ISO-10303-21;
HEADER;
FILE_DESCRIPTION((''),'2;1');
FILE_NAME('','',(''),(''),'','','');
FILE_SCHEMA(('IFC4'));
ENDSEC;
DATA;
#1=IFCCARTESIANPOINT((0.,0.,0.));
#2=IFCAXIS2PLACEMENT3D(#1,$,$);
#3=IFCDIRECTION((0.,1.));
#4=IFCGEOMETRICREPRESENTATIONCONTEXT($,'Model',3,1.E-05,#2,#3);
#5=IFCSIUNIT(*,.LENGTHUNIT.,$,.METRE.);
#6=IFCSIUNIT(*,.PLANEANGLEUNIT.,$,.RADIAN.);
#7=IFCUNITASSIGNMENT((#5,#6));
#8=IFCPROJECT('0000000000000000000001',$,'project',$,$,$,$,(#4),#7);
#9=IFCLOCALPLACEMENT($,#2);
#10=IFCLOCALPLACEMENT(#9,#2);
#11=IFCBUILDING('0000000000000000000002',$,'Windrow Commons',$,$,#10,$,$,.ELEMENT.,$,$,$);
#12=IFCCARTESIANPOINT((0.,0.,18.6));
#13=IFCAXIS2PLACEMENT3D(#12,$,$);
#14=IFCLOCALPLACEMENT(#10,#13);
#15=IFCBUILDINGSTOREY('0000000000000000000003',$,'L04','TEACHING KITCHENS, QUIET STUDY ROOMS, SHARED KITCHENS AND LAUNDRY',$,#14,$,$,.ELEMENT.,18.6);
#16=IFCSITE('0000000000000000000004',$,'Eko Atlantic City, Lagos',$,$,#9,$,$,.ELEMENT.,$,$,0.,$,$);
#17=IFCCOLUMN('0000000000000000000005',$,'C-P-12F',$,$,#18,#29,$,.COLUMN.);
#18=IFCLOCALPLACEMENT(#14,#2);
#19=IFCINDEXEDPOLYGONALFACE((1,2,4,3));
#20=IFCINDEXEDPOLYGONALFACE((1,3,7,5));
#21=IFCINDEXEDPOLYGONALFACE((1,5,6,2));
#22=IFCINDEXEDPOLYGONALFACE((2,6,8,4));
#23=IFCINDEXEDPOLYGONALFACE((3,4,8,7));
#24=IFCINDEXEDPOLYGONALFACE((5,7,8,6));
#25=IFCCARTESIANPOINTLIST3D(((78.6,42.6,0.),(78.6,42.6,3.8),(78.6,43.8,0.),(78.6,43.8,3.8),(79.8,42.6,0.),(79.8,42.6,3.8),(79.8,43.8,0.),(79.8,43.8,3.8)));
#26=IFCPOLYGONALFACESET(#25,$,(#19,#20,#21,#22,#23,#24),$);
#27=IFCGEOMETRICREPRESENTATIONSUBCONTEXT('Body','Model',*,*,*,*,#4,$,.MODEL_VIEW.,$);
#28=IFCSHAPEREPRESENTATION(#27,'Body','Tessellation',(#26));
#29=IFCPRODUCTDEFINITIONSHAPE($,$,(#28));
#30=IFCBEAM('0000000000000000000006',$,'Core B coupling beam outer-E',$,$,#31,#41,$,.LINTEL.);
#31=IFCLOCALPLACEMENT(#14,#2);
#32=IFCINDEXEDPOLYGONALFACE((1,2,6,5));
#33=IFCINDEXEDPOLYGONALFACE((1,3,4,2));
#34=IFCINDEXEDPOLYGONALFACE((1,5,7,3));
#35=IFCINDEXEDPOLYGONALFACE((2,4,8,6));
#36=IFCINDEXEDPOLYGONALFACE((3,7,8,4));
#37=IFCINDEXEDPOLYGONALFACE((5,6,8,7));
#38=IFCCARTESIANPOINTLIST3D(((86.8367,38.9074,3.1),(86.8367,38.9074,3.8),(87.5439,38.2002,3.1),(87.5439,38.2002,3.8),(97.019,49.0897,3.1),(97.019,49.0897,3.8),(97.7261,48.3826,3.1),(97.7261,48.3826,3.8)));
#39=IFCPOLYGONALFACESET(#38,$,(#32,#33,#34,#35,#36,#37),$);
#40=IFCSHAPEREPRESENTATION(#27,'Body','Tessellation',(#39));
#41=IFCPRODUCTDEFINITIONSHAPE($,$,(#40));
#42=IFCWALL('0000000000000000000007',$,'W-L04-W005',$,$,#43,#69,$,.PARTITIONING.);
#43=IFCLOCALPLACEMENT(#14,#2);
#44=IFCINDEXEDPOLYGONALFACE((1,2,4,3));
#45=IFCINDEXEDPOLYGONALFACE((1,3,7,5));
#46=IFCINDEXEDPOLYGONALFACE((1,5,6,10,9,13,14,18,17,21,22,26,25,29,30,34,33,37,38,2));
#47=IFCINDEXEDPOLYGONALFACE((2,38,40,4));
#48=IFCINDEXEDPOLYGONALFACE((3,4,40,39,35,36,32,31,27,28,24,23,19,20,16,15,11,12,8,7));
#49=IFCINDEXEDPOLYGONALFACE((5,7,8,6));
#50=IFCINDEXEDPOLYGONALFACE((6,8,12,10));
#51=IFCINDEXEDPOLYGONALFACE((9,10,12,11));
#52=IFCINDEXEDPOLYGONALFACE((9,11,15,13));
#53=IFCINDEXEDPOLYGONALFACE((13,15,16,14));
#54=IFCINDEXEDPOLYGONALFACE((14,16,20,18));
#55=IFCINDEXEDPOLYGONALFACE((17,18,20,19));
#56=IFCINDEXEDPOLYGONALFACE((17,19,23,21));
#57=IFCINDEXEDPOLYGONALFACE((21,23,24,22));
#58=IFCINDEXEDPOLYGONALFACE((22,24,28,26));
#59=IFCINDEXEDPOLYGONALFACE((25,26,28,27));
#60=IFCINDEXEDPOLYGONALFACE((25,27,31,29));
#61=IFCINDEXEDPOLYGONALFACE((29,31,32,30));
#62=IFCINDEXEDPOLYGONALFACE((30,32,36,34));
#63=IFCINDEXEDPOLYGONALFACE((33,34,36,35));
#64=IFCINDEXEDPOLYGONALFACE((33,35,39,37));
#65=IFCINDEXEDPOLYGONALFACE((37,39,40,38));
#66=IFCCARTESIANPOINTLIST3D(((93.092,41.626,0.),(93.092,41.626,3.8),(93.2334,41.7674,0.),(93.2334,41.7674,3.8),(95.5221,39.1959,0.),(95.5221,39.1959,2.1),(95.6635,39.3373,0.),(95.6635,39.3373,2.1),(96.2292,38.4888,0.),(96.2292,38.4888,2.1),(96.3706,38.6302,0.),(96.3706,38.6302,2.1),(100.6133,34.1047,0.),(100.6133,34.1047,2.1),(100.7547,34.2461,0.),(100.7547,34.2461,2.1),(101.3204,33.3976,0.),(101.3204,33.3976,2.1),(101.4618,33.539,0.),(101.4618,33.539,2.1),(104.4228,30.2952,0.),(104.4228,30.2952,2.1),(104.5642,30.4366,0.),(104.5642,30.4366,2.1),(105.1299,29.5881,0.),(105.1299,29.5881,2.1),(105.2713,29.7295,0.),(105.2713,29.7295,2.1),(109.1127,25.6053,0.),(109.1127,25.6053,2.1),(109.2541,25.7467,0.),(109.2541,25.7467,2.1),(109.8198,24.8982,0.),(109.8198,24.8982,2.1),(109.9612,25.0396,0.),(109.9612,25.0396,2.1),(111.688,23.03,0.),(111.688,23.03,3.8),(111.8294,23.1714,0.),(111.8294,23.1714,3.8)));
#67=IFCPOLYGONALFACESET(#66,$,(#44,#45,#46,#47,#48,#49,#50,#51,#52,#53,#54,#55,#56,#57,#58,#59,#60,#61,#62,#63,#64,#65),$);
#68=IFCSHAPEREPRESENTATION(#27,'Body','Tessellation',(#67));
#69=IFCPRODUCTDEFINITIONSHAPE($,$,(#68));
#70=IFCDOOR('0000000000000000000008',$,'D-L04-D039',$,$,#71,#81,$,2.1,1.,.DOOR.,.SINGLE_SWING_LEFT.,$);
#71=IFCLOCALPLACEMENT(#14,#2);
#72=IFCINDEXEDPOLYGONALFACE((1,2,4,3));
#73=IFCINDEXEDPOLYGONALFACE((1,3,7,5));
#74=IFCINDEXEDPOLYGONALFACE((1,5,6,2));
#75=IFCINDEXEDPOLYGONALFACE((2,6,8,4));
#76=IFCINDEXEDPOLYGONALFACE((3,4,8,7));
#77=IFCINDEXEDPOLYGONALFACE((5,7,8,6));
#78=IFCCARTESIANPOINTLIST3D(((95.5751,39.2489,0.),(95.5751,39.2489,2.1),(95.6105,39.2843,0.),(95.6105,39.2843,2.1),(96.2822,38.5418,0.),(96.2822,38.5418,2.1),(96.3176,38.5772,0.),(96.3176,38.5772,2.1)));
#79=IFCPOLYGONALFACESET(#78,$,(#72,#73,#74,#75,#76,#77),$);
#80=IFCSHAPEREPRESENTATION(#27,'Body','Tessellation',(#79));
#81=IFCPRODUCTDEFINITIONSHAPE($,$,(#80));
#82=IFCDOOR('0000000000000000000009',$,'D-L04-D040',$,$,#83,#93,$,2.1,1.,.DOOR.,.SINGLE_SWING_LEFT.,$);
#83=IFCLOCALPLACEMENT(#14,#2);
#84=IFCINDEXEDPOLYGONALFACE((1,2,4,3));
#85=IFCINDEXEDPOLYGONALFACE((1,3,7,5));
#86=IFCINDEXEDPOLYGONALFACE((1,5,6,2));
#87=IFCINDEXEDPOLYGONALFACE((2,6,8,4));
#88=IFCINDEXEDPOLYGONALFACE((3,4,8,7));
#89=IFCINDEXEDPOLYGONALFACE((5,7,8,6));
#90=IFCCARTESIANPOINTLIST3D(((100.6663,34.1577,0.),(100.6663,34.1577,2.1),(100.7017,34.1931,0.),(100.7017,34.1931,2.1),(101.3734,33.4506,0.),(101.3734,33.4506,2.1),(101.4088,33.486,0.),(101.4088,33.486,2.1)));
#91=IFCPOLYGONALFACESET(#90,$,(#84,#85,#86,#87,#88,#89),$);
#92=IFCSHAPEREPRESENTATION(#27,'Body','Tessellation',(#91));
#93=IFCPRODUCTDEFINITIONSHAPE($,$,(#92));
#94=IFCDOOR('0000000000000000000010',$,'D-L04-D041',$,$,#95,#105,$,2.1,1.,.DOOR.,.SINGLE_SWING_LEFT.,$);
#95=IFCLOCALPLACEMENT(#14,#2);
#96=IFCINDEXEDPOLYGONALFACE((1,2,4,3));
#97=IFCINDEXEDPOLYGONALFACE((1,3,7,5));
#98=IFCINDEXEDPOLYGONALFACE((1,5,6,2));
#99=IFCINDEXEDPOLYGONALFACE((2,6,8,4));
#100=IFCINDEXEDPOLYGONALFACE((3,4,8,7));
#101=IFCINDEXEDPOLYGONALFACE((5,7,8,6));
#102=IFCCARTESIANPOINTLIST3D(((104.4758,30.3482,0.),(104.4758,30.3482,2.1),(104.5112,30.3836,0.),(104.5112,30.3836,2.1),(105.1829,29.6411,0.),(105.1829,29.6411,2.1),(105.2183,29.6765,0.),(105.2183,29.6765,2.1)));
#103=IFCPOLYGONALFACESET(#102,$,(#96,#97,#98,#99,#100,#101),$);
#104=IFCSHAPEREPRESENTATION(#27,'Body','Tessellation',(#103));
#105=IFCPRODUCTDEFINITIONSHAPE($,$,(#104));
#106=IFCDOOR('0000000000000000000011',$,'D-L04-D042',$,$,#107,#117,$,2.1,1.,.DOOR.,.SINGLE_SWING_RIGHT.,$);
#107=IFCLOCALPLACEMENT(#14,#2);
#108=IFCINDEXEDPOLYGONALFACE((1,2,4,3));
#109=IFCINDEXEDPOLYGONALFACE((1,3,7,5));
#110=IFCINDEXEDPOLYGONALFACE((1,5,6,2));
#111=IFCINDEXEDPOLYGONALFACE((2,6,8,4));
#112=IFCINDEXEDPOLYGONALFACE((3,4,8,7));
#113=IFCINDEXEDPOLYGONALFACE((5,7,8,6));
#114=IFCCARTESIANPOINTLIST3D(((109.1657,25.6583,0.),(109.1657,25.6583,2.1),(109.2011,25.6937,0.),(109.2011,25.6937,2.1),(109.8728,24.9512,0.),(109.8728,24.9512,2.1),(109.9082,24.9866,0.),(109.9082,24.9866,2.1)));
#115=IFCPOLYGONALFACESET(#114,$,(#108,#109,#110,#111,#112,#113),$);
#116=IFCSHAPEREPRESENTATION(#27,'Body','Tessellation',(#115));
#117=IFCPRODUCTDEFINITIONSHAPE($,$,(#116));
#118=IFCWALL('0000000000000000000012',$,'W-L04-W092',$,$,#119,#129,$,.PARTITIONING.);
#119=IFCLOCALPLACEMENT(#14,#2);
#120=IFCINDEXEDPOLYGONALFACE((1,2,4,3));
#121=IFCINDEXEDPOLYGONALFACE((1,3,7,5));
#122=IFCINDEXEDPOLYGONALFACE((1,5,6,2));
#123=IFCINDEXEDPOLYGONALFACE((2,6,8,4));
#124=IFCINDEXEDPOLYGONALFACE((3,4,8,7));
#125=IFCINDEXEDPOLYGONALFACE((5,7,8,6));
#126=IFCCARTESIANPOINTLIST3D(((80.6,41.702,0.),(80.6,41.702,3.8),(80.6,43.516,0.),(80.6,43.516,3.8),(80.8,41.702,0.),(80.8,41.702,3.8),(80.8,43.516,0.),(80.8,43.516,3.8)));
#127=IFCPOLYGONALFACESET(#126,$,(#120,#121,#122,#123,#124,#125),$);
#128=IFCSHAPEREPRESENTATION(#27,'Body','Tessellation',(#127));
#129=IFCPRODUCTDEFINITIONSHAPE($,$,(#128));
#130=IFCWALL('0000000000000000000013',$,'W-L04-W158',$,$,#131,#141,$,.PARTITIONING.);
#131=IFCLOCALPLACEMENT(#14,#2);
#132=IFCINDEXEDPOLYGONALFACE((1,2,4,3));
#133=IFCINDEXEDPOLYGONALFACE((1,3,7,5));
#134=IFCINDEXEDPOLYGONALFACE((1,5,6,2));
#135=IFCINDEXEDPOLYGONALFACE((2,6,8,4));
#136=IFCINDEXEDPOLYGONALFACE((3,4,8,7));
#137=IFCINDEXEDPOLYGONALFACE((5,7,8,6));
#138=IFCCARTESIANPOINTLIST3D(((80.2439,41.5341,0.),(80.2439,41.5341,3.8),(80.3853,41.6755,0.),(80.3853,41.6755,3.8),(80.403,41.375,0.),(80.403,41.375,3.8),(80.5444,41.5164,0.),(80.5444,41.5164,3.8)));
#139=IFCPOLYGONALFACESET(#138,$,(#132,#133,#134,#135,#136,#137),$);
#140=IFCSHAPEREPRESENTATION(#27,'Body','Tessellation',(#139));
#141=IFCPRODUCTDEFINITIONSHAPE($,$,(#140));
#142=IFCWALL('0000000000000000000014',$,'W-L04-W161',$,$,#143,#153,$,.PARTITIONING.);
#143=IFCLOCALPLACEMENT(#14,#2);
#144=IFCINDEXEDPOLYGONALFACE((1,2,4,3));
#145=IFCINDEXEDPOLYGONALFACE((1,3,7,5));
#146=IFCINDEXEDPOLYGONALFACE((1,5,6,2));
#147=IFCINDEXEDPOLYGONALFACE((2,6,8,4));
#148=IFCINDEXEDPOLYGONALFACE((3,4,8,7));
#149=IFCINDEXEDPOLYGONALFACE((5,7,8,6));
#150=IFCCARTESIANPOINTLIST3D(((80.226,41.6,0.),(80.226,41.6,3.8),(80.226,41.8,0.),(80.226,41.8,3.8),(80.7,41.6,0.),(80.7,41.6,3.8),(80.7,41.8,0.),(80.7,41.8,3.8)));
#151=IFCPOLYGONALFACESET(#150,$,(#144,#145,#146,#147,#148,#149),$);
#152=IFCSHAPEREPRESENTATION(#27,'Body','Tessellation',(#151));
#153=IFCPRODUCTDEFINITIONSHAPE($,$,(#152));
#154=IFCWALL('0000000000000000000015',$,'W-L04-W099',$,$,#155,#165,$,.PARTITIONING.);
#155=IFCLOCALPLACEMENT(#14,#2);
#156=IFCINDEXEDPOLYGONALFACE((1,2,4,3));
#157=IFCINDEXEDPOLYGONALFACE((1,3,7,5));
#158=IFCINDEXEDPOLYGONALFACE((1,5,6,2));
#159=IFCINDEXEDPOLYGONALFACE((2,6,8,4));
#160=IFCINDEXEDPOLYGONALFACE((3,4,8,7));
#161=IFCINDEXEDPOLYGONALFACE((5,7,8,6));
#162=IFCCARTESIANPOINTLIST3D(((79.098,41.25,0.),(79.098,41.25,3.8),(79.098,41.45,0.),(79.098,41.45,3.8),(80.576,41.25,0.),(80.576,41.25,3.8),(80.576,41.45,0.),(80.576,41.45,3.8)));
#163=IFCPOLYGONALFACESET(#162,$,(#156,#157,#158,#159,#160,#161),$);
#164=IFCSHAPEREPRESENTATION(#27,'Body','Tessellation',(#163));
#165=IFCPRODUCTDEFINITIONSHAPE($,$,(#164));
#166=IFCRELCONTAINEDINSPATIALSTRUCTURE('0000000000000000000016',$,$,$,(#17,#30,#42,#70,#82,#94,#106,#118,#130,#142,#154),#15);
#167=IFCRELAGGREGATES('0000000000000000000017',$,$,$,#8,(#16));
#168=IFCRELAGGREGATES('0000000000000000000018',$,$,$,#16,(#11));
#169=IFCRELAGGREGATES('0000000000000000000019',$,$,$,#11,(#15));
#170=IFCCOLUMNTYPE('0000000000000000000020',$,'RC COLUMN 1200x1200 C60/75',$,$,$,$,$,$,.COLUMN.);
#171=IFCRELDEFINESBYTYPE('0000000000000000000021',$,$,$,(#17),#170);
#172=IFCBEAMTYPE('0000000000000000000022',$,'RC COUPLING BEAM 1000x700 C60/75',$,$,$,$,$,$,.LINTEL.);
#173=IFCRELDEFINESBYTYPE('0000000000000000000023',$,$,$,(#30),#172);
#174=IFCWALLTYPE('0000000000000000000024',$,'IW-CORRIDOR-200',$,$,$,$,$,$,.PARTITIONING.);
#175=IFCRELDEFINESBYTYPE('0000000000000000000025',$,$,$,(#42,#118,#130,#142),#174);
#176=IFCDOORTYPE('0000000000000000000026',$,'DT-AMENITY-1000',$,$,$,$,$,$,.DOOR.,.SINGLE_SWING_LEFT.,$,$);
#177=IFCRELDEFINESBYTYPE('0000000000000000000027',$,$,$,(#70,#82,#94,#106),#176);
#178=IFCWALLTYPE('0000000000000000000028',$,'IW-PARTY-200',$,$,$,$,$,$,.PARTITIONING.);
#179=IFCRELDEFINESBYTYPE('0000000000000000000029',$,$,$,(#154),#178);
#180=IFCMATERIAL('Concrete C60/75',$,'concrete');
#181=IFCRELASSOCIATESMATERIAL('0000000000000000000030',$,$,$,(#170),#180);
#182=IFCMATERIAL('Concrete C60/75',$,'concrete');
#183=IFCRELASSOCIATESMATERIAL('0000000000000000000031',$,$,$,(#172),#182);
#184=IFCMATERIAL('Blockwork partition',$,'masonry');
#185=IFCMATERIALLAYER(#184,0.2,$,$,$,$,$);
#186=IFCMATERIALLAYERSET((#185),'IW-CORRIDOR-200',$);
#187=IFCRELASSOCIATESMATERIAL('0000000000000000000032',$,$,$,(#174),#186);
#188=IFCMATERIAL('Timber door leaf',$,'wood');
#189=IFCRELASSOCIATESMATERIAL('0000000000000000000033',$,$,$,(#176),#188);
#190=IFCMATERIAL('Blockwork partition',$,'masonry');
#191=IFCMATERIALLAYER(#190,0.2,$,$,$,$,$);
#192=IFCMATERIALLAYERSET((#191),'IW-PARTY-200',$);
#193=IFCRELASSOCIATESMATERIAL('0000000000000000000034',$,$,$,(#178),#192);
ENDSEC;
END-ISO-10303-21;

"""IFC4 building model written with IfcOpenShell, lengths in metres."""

from ifc_helpers import new_model, si_unit, direction, frame, frame_2d, origin, origin_2d, place, context, subcontext, project, spatial, rectangle, extrude, material, layer, layer_set, material_profile, profile_set, type_object, element, fill, save


model = new_model("IFC4")

# Units and contexts
model_context = context("Model", 3, precision=1e-05, world=origin(), true_north=direction((0.0, 1.0)))
body_context = subcontext(model_context, "Body", "Model", "MODEL_VIEW")
ifc_project = project(units=[si_unit("LENGTHUNIT", "METRE"), si_unit("PLANEANGLEUNIT", "RADIAN")], contexts=[model_context])

# Site, building, storey
site_placement = place(None, origin())
site = spatial("IfcSite", under=ifc_project, at=site_placement, Name="Eko Atlantic City, Lagos", CompositionType="ELEMENT", RefElevation=0.0)
building_placement = place(site_placement, origin())
building = spatial("IfcBuilding", under=site, at=building_placement, Name="Windrow Commons", CompositionType="ELEMENT")
storey_placement = place(building_placement, frame((0.0, 0.0, 18.6)))
storey = spatial("IfcBuildingStorey", under=building, at=storey_placement, Name="L04", Description="TEACHING KITCHENS, QUIET STUDY ROOMS, SHARED KITCHENS AND LAUNDRY", CompositionType="ELEMENT", Elevation=18.6)

# Column
ifc_material_1 = material(Name="Concrete C60/75", Category="concrete")
ifc_material_profile_1 = material_profile(ifc_material_1, rectangle(XDim=1.2, YDim=1.2, at=origin_2d()))
ifc_profile_set_1 = profile_set([ifc_material_profile_1], Name="Concrete C60/75")
column_type = type_object("IfcColumnType", Name="RC COLUMN 1200x1200 C60/75", PredefinedType="COLUMN", material=ifc_profile_set_1)
column_placement = place(storey_placement, frame((79.2, 43.2, 0.0), z_axis=(0.0, 0.0, 1.0), x_axis=(1.0, 0.0, 0.0)))
element("IfcColumn", 1, at=column_placement, inside=storey, type_object=column_type, Name="C-P-12F", PredefinedType="COLUMN", context=body_context, shape_type="SweptSolid", body=[
    extrude(rectangle(XDim=1.2, YDim=1.2, at=origin_2d()), origin(), (0.0, 0.0, 1.0), 3.8),
])

# Beam
ifc_material_2 = material(Name="Concrete C60/75", Category="concrete")
ifc_material_profile_2 = material_profile(ifc_material_2, rectangle(XDim=1.0, YDim=0.7, at=origin_2d()))
ifc_profile_set_2 = profile_set([ifc_material_profile_2], Name="Concrete C60/75")
beam_type = type_object("IfcBeamType", Name="RC COUPLING BEAM 1000x700 C60/75", PredefinedType="LINTEL", material=ifc_profile_set_2)
beam_placement = place(storey_placement, frame((87.1903, 38.5538, 3.45), z_axis=(0.707103, 0.70711, 0.0), x_axis=(-0.70711, 0.707103, 0.0)))
element("IfcBeam", 2, at=beam_placement, inside=storey, type_object=beam_type, Name="Core B coupling beam outer-E", PredefinedType="LINTEL", context=body_context, shape_type="SweptSolid", body=[
    extrude(rectangle(XDim=1.0, YDim=0.7, at=origin_2d()), origin(), (0.0, 0.0, 1.0), 14.4),
])

# Wall, openings, doors
ifc_material_3 = material(Name="Blockwork partition", Category="masonry")
ifc_layer_1 = layer(ifc_material_3, 0.2)
ifc_layer_set_1 = layer_set([ifc_layer_1], Name="IW-CORRIDOR-200")
wall_type_1 = type_object("IfcWallType", Name="IW-CORRIDOR-200", PredefinedType="PARTITIONING", material=ifc_layer_set_1)
wall_1_placement = place(storey_placement, frame((93.1627, 41.6967, 0.0), z_axis=(0.0, 0.0, 1.0), x_axis=(0.707107, -0.707107, 0.0)))
wall_1 = element("IfcWall", 3, at=wall_1_placement, inside=storey, type_object=wall_type_1, Name="W-L04-W005", PredefinedType="PARTITIONING", context=body_context, shape_type="SweptSolid", body=[
    extrude(rectangle(XDim=26.2987, YDim=0.2, at=frame_2d((13.1494, 0.0))), origin(), (0.0, 0.0, 1.0), 3.8),
])
opening_1_placement = place(wall_1_placement, frame((3.4367, 0.0, 0.0)))
opening_1 = element("IfcOpeningElement", 4, at=opening_1_placement, cuts=wall_1, PredefinedType="OPENING", context=body_context, shape_type="SweptSolid", body=[
    extrude(rectangle(XDim=1.0, YDim=2.1, at=frame_2d((0.5, 1.05))), frame((0.0, 0.11, 0.0), z_axis=(0.0, -1.0, 0.0), x_axis=(1.0, 0.0, 0.0)), (0.0, 0.0, 1.0), 0.22),
])
opening_2_placement = place(wall_1_placement, frame((10.6367, 0.0, 0.0)))
opening_2 = element("IfcOpeningElement", 5, at=opening_2_placement, cuts=wall_1, PredefinedType="OPENING", context=body_context, shape_type="SweptSolid", body=[
    extrude(rectangle(XDim=1.0, YDim=2.1, at=frame_2d((0.5, 1.05))), frame((0.0, 0.11, 0.0), z_axis=(0.0, -1.0, 0.0), x_axis=(1.0, 0.0, 0.0)), (0.0, 0.0, 1.0), 0.22),
])
opening_3_placement = place(wall_1_placement, frame((16.0242, 0.0, 0.0)))
opening_3 = element("IfcOpeningElement", 6, at=opening_3_placement, cuts=wall_1, PredefinedType="OPENING", context=body_context, shape_type="SweptSolid", body=[
    extrude(rectangle(XDim=1.0, YDim=2.1, at=frame_2d((0.5, 1.05))), frame((0.0, 0.11, 0.0), z_axis=(0.0, -1.0, 0.0), x_axis=(1.0, 0.0, 0.0)), (0.0, 0.0, 1.0), 0.22),
])
opening_4_placement = place(wall_1_placement, frame((22.6567, 0.0, 0.0)))
opening_4 = element("IfcOpeningElement", 7, at=opening_4_placement, cuts=wall_1, PredefinedType="OPENING", context=body_context, shape_type="SweptSolid", body=[
    extrude(rectangle(XDim=1.0, YDim=2.1, at=frame_2d((0.5, 1.05))), frame((0.0, 0.11, 0.0), z_axis=(0.0, -1.0, 0.0), x_axis=(1.0, 0.0, 0.0)), (0.0, 0.0, 1.0), 0.22),
])
ifc_material_4 = material(Name="Timber door leaf", Category="wood")
door_type_1 = type_object("IfcDoorType", Name="DT-AMENITY-1000", OperationType="SINGLE_SWING_LEFT", PredefinedType="DOOR", material=ifc_material_4)
door_1_placement = place(opening_1_placement, origin())
door_1 = element("IfcDoor", 8, at=door_1_placement, inside=storey, type_object=door_type_1, Name="D-L04-D039", OperationType="SINGLE_SWING_LEFT", OverallHeight=2.1, OverallWidth=1.0, PredefinedType="DOOR", context=body_context, shape_type="SweptSolid", body=[
    extrude(rectangle(XDim=1.0, YDim=2.1, at=frame_2d((0.5, 1.05))), frame((0.0, 0.025, 0.0), z_axis=(0.0, -1.0, 0.0), x_axis=(1.0, 0.0, 0.0)), (0.0, 0.0, 1.0), 0.05),
])
fill(opening_1, door_1)
door_2_placement = place(opening_2_placement, origin())
door_2 = element("IfcDoor", 9, at=door_2_placement, inside=storey, type_object=door_type_1, Name="D-L04-D040", OperationType="SINGLE_SWING_LEFT", OverallHeight=2.1, OverallWidth=1.0, PredefinedType="DOOR", context=body_context, shape_type="SweptSolid", body=[
    extrude(rectangle(XDim=1.0, YDim=2.1, at=frame_2d((0.5, 1.05))), frame((0.0, 0.025, 0.0), z_axis=(0.0, -1.0, 0.0), x_axis=(1.0, 0.0, 0.0)), (0.0, 0.0, 1.0), 0.05),
])
fill(opening_2, door_2)
door_3_placement = place(opening_3_placement, origin())
door_3 = element("IfcDoor", 10, at=door_3_placement, inside=storey, type_object=door_type_1, Name="D-L04-D041", OperationType="SINGLE_SWING_LEFT", OverallHeight=2.1, OverallWidth=1.0, PredefinedType="DOOR", context=body_context, shape_type="SweptSolid", body=[
    extrude(rectangle(XDim=1.0, YDim=2.1, at=frame_2d((0.5, 1.05))), frame((0.0, 0.025, 0.0), z_axis=(0.0, -1.0, 0.0), x_axis=(1.0, 0.0, 0.0)), (0.0, 0.0, 1.0), 0.05),
])
fill(opening_3, door_3)
door_4_placement = place(opening_4_placement, origin())
door_4 = element("IfcDoor", 11, at=door_4_placement, inside=storey, type_object=door_type_1, Name="D-L04-D042", OperationType="SINGLE_SWING_RIGHT", OverallHeight=2.1, OverallWidth=1.0, PredefinedType="DOOR", context=body_context, shape_type="SweptSolid", body=[
    extrude(rectangle(XDim=1.0, YDim=2.1, at=frame_2d((0.5, 1.05))), frame((0.0, 0.025, 0.0), z_axis=(0.0, -1.0, 0.0), x_axis=(1.0, 0.0, 0.0)), (0.0, 0.0, 1.0), 0.05),
])
fill(opening_4, door_4)

# Walls
wall_2_placement = place(storey_placement, frame((80.7, 41.702, 0.0), z_axis=(0.0, 0.0, 1.0), x_axis=(0.0, 1.0, 0.0)))
element("IfcWall", 12, at=wall_2_placement, inside=storey, type_object=wall_type_1, Name="W-L04-W092", PredefinedType="PARTITIONING", context=body_context, shape_type="SweptSolid", body=[
    extrude(rectangle(XDim=1.814, YDim=0.2, at=frame_2d((0.907, 0.0))), origin(), (0.0, 0.0, 1.0), 3.8),
])
wall_3_placement = place(storey_placement, frame((80.3146, 41.6048, 0.0), z_axis=(0.0, 0.0, 1.0), x_axis=(0.707107, -0.707107, 0.0)))
element("IfcWall", 13, at=wall_3_placement, inside=storey, type_object=wall_type_1, Name="W-L04-W158", PredefinedType="PARTITIONING", context=body_context, shape_type="SweptSolid", body=[
    extrude(rectangle(XDim=0.225, YDim=0.2, at=frame_2d((0.1125, 0.0))), origin(), (0.0, 0.0, 1.0), 3.8),
])
wall_4_placement = place(storey_placement, frame((80.226, 41.7, 0.0), z_axis=(0.0, 0.0, 1.0), x_axis=(1.0, 0.0, 0.0)))
element("IfcWall", 14, at=wall_4_placement, inside=storey, type_object=wall_type_1, Name="W-L04-W161", PredefinedType="PARTITIONING", context=body_context, shape_type="SweptSolid", body=[
    extrude(rectangle(XDim=0.474, YDim=0.2, at=frame_2d((0.237, 0.0))), origin(), (0.0, 0.0, 1.0), 3.8),
])
ifc_material_5 = material(Name="Blockwork partition", Category="masonry")
ifc_layer_2 = layer(ifc_material_5, 0.2)
ifc_layer_set_2 = layer_set([ifc_layer_2], Name="IW-PARTY-200")
wall_type_2 = type_object("IfcWallType", Name="IW-PARTY-200", PredefinedType="PARTITIONING", material=ifc_layer_set_2)
wall_5_placement = place(storey_placement, frame((79.098, 41.35, 0.0), z_axis=(0.0, 0.0, 1.0), x_axis=(1.0, 0.0, 0.0)))
element("IfcWall", 15, at=wall_5_placement, inside=storey, type_object=wall_type_2, Name="W-L04-W099", PredefinedType="PARTITIONING", context=body_context, shape_type="SweptSolid", body=[
    extrude(rectangle(XDim=1.478, YDim=0.2, at=frame_2d((0.739, 0.0))), origin(), (0.0, 0.0, 1.0), 3.8),
])

save(model, "model.ifc")
